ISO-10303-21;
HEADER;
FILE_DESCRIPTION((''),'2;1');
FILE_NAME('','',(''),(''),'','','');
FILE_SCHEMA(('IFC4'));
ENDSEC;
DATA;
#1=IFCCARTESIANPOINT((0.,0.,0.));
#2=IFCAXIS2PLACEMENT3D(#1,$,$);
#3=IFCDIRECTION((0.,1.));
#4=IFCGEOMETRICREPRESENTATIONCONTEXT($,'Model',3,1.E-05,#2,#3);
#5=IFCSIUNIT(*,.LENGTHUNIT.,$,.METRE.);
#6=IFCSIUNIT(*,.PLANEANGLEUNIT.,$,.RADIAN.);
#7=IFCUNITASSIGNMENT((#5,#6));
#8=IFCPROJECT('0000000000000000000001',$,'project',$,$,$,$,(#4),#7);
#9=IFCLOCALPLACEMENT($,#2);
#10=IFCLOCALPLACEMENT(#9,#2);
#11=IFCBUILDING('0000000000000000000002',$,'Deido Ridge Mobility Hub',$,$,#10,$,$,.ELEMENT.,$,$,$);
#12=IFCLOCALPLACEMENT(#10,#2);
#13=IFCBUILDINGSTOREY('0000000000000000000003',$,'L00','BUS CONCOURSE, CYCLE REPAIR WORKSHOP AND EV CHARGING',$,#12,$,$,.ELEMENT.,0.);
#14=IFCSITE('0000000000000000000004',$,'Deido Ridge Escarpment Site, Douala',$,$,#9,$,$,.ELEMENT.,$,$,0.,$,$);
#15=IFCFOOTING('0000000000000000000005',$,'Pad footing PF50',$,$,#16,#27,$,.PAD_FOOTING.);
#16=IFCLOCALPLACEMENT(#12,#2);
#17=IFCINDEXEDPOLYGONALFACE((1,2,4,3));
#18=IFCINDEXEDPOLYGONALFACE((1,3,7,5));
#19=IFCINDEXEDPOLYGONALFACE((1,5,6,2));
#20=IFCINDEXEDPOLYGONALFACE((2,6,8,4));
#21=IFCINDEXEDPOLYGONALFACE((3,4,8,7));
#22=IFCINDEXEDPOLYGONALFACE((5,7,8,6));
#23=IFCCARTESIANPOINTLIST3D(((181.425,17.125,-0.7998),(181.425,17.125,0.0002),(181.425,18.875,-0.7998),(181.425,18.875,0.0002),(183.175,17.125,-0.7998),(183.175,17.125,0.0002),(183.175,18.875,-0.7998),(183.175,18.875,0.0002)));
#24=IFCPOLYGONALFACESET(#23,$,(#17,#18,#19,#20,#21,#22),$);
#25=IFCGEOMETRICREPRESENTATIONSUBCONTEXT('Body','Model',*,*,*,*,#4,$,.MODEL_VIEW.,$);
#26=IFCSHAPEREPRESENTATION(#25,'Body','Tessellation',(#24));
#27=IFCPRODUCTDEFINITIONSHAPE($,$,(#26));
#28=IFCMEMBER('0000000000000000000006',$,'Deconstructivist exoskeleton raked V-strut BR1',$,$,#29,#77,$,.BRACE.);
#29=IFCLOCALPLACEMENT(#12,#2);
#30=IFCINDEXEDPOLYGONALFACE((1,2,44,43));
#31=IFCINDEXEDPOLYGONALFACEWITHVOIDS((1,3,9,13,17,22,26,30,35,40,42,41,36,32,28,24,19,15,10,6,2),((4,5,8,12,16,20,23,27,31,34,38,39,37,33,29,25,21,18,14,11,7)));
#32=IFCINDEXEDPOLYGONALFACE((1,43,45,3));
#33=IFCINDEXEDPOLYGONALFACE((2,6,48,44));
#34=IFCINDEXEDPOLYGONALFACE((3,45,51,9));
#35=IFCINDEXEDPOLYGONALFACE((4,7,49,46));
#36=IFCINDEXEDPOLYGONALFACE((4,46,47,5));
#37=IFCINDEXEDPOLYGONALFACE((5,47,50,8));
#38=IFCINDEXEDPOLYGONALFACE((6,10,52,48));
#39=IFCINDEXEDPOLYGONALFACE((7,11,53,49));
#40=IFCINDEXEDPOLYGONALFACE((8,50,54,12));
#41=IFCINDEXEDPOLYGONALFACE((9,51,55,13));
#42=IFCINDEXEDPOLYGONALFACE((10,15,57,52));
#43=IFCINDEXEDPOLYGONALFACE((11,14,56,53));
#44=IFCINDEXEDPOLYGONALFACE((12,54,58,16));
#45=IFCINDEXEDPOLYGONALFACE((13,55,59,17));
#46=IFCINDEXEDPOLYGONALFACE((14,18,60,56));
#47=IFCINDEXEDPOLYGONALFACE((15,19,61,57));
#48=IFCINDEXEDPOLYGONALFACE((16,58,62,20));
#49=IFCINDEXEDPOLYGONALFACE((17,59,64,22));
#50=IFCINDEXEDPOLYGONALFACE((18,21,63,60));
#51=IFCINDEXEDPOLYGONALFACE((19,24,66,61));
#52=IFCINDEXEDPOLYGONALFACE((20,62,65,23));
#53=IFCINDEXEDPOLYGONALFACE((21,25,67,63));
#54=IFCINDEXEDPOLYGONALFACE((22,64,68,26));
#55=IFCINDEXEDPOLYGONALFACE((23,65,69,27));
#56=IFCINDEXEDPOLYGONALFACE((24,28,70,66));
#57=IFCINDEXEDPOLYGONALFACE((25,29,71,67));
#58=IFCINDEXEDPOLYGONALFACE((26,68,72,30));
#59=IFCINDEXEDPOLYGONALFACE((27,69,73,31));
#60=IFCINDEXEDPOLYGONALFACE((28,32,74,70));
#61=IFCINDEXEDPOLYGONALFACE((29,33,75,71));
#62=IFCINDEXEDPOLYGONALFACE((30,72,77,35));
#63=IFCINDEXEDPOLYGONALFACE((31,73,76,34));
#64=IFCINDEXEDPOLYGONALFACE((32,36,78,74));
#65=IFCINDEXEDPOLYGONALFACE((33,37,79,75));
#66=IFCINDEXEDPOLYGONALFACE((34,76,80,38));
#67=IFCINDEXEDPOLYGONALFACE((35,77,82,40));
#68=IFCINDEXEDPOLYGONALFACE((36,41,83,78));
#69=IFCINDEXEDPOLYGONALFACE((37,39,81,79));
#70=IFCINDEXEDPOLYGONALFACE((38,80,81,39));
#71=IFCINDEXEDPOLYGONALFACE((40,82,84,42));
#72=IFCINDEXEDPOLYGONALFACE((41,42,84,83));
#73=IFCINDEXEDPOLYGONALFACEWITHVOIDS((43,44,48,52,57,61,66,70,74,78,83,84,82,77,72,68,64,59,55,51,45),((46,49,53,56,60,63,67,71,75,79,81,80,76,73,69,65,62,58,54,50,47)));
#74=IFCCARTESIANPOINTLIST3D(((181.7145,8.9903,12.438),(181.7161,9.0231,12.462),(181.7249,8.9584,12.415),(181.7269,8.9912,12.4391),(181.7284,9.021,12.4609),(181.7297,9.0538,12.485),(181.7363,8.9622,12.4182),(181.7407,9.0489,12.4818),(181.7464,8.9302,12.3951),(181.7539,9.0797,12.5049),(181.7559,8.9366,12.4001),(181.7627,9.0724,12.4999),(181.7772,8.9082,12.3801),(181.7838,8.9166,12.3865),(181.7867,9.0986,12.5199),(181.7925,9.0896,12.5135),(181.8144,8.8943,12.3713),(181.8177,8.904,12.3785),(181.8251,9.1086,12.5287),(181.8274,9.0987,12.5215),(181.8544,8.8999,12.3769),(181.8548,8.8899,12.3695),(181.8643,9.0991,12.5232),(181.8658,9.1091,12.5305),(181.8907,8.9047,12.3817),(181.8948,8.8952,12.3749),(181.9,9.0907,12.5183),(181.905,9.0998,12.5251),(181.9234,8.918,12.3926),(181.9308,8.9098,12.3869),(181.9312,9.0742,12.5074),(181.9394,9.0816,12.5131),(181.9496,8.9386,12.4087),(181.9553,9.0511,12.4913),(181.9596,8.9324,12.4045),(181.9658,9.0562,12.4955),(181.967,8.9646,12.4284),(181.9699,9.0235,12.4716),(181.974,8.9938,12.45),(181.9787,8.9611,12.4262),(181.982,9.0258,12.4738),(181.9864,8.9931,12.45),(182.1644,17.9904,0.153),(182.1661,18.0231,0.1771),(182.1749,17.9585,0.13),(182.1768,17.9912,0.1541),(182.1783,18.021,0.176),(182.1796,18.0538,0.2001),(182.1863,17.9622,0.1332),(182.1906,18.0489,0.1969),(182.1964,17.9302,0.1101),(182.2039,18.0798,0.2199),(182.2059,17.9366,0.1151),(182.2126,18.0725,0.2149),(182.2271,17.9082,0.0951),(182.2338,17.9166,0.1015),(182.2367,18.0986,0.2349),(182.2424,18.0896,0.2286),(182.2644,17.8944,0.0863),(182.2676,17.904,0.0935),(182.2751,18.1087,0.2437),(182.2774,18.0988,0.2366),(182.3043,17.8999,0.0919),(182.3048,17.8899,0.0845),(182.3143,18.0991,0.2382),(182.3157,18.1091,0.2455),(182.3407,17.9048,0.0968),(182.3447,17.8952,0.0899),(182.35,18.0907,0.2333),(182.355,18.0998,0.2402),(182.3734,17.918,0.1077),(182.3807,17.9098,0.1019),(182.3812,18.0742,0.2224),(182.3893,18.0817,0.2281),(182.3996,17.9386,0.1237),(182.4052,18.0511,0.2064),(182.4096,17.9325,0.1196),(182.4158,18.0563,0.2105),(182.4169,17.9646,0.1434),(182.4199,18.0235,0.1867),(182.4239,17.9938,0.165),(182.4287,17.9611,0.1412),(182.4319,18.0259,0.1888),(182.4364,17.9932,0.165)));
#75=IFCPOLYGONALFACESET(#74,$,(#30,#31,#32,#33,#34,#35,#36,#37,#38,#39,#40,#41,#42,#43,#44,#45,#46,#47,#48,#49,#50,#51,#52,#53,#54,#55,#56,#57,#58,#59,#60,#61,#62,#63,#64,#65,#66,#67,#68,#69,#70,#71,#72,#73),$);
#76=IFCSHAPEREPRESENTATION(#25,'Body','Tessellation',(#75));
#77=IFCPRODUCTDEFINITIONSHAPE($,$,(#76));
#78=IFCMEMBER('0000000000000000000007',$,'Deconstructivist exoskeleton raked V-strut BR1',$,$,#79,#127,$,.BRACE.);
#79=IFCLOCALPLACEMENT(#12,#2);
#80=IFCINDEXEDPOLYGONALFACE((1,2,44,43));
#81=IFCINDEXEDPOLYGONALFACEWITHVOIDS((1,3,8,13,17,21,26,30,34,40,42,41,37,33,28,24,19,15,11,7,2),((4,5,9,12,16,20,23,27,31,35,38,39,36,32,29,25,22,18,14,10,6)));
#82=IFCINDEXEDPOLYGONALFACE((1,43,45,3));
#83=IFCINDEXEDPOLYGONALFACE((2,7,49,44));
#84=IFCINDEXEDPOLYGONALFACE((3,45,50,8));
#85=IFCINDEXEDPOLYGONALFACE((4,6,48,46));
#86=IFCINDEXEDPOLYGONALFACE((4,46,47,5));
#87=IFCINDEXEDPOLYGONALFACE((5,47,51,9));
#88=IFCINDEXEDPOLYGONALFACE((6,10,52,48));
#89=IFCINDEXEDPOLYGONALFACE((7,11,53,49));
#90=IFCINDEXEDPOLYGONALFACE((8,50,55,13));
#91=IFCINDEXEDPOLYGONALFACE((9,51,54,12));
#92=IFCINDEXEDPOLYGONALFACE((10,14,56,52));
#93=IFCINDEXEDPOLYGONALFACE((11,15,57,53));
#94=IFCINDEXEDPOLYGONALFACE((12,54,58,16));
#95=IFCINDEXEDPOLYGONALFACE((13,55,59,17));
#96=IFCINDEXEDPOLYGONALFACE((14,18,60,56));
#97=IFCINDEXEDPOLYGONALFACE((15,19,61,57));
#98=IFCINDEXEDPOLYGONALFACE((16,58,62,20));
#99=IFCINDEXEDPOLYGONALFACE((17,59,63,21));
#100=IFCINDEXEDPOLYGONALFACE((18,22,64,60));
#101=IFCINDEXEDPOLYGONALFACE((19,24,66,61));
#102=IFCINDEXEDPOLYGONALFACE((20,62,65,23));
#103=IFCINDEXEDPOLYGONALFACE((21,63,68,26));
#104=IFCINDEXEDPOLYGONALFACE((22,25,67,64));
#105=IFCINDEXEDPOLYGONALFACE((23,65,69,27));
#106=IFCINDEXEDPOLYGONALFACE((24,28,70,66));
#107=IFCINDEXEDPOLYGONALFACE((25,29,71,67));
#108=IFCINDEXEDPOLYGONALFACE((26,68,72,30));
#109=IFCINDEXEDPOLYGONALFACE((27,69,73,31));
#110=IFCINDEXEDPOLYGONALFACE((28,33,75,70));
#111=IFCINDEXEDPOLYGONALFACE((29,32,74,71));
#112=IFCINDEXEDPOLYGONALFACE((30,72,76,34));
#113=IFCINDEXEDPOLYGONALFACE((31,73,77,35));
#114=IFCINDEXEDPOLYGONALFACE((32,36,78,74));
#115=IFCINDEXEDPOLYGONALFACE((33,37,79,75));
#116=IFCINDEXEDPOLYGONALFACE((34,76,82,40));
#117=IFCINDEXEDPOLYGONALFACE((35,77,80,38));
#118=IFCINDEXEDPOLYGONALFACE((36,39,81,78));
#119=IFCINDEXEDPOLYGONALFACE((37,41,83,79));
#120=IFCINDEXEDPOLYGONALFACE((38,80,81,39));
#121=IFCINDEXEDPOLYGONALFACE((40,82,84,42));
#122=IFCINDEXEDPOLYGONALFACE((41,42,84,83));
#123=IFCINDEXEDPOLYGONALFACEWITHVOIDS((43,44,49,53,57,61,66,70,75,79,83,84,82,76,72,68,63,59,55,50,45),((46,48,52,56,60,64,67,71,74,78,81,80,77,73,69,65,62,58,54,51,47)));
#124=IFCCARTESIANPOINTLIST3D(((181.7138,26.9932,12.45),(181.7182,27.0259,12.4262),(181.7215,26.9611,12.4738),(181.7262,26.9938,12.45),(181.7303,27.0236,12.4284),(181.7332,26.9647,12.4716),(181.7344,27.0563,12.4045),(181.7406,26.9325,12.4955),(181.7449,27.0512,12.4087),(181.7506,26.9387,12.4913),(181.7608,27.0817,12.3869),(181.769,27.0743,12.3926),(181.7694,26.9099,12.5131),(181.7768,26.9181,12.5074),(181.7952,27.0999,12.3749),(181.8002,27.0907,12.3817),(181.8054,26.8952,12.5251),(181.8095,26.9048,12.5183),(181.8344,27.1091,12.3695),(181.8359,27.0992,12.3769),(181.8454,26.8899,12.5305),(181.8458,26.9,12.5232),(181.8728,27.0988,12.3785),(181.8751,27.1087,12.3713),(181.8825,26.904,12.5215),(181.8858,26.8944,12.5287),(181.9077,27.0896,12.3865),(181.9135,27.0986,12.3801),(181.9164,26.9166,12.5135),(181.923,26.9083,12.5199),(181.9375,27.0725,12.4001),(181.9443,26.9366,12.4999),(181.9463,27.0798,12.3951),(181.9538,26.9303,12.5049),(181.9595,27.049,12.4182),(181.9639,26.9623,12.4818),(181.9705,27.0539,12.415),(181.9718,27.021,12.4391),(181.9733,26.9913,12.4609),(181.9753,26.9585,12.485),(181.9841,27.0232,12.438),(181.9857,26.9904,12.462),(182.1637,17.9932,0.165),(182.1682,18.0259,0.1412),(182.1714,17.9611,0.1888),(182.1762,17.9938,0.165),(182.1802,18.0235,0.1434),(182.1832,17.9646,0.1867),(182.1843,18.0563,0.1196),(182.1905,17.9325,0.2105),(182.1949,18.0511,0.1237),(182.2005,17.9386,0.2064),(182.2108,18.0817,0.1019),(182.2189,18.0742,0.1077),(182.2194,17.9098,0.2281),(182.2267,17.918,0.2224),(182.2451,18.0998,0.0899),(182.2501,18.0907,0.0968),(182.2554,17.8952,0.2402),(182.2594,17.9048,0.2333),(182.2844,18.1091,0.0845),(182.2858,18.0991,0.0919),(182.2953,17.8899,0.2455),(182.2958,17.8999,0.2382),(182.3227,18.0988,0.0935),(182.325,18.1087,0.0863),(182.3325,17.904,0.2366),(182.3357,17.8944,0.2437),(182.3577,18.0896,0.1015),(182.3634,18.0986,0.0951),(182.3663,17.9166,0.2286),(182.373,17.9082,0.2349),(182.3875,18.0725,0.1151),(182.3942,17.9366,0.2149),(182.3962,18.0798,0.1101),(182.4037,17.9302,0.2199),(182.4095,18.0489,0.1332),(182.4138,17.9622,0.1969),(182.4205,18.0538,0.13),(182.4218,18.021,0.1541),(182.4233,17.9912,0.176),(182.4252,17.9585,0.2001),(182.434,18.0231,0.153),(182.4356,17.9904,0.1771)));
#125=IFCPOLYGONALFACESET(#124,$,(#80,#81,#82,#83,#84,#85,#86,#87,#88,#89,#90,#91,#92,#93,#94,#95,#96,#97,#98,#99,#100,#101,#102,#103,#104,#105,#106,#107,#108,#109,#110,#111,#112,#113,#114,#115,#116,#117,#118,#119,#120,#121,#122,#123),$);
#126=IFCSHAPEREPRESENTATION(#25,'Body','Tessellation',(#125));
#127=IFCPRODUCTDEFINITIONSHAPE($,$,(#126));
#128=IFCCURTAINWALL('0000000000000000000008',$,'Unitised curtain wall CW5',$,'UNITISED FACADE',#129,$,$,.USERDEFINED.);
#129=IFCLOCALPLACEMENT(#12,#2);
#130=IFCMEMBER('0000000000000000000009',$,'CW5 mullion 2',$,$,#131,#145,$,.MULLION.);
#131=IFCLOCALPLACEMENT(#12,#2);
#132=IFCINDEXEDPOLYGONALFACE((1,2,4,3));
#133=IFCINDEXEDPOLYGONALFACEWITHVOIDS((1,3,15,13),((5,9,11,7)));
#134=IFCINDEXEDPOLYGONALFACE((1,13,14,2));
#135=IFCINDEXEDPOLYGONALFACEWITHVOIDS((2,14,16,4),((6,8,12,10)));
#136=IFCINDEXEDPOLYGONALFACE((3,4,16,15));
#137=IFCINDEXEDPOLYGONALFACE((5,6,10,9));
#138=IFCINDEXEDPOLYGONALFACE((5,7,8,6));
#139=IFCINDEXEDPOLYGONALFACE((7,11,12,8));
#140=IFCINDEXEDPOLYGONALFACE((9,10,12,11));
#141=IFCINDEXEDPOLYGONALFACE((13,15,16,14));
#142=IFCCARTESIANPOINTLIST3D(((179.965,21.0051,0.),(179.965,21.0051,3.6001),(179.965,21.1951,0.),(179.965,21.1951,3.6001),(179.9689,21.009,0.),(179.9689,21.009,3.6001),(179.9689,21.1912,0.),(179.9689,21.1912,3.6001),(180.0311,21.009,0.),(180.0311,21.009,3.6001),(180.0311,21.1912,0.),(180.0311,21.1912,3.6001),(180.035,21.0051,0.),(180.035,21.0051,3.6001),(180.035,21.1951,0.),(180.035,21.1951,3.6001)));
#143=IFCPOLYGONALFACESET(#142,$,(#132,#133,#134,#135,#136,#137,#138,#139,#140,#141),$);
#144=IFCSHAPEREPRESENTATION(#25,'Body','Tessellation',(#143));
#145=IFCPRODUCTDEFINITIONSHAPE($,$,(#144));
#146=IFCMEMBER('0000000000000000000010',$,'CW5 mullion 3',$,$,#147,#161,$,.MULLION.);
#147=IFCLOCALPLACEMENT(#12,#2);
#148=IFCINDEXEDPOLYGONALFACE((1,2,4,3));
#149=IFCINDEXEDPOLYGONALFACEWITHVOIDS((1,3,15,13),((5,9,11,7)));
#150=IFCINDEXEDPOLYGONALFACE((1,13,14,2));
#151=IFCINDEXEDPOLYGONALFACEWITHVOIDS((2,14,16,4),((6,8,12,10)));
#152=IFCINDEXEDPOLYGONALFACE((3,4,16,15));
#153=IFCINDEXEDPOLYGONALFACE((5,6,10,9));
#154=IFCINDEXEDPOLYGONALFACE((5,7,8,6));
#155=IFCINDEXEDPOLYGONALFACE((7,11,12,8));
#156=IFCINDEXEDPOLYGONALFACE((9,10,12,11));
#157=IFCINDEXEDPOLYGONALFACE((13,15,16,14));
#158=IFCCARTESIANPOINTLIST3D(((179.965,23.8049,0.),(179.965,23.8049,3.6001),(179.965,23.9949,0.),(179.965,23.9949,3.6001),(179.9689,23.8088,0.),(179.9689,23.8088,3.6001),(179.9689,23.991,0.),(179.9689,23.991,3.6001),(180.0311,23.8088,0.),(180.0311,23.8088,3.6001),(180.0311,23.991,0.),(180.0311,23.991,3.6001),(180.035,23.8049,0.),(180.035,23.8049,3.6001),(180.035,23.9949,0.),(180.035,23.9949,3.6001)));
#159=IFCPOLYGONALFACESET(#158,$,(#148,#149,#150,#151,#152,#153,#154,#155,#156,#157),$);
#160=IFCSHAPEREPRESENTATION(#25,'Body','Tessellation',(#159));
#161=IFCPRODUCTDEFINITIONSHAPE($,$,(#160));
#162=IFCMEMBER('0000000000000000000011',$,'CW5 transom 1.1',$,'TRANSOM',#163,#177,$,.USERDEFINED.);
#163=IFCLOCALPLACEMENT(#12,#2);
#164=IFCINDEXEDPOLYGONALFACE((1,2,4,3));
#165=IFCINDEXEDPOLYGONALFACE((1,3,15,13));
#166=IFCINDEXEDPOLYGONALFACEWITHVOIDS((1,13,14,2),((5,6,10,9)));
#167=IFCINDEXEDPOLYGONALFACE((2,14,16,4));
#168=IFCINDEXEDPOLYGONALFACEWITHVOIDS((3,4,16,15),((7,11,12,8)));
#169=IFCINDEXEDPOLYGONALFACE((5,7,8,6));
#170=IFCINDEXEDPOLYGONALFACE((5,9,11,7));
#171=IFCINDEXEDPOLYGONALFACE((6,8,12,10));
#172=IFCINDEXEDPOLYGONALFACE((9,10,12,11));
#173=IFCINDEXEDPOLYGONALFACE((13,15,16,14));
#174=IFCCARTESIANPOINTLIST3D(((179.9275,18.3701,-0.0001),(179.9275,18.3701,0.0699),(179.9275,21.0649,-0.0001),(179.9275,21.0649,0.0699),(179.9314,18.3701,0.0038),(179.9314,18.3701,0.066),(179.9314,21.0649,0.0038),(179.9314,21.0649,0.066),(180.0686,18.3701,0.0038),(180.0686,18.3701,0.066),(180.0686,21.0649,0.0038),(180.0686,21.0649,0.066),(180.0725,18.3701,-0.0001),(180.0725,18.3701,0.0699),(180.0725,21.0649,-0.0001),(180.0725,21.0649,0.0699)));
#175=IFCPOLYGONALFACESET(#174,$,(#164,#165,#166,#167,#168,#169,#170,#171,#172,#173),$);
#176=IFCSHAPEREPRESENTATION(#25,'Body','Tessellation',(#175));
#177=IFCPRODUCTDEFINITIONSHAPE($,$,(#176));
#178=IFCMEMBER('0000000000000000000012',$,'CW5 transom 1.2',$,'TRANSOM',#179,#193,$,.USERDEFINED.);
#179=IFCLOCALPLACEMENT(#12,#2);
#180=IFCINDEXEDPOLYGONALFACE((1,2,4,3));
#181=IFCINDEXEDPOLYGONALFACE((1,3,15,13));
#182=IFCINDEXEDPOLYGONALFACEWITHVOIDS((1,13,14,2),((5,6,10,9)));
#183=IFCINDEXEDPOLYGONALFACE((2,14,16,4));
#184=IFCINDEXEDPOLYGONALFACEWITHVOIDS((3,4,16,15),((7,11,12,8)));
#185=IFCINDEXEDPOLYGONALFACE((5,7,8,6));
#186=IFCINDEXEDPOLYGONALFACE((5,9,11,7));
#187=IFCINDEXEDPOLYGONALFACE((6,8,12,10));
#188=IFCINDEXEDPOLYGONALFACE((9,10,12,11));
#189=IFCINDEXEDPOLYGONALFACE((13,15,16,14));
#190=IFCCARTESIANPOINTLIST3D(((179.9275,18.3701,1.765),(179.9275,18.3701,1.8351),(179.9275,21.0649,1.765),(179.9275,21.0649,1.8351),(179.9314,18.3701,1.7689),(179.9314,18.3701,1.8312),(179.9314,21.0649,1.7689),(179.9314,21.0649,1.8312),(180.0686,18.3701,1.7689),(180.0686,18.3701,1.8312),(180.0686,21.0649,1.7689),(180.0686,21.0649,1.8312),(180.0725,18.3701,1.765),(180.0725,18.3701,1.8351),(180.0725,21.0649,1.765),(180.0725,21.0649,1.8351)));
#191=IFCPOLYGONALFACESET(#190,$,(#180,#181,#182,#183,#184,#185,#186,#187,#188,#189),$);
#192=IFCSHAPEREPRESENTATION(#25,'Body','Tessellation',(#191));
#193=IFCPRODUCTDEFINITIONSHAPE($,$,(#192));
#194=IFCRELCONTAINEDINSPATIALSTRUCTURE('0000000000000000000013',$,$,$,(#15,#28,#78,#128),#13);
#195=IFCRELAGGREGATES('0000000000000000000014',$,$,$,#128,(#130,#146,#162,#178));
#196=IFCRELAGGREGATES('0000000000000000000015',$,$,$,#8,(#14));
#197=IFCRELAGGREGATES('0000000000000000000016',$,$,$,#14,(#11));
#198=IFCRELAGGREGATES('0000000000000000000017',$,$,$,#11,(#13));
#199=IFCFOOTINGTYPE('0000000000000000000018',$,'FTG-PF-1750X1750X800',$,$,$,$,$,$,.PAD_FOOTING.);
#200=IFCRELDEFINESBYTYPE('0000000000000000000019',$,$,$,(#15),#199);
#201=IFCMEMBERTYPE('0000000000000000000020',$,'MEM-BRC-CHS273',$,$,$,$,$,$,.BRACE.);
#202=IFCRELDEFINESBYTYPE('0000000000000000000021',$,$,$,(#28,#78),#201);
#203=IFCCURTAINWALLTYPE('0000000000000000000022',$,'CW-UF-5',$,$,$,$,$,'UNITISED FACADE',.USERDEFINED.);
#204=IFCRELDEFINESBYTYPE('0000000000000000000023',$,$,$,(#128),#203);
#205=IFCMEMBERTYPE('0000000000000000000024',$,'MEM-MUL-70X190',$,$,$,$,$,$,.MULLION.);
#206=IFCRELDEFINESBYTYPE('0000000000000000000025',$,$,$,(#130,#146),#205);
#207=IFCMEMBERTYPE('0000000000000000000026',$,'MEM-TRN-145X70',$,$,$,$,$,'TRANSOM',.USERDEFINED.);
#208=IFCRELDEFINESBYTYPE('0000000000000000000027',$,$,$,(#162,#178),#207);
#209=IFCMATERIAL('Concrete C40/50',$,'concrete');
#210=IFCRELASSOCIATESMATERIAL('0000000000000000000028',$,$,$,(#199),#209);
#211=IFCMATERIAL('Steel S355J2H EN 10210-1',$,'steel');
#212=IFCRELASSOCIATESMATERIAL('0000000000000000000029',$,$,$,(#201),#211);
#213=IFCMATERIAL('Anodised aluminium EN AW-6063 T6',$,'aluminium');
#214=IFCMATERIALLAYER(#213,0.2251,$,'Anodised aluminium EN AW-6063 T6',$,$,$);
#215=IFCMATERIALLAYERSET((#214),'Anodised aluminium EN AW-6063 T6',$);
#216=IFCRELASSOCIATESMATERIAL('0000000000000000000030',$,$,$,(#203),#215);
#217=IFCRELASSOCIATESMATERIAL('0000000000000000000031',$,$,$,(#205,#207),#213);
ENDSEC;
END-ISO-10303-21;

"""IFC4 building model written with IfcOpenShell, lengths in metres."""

from ifc_helpers import new_model, si_unit, direction, frame, origin, origin_2d, place, context, subcontext, project, spatial, rectangle, hollow_rectangle, hollow_circle, extrude, material, layer, layer_set, material_profile, profile_set, type_object, element, aggregate, save


model = new_model("IFC4")

# Units and contexts
model_context = context("Model", 3, precision=1e-05, world=origin(), true_north=direction((0.0, 1.0)))
body_context = subcontext(model_context, "Body", "Model", "MODEL_VIEW")
ifc_project = project(units=[si_unit("LENGTHUNIT", "METRE"), si_unit("PLANEANGLEUNIT", "RADIAN")], contexts=[model_context])

# Site, building, storey
site_placement = place(None, origin())
site = spatial("IfcSite", under=ifc_project, at=site_placement, Name="Deido Ridge Escarpment Site, Douala", CompositionType="ELEMENT", RefElevation=0.0)
building_placement = place(site_placement, origin())
building = spatial("IfcBuilding", under=site, at=building_placement, Name="Deido Ridge Mobility Hub", CompositionType="ELEMENT")
storey_placement = place(building_placement, origin())
storey = spatial("IfcBuildingStorey", under=building, at=storey_placement, Name="L00", Description="BUS CONCOURSE, CYCLE REPAIR WORKSHOP AND EV CHARGING", CompositionType="ELEMENT", Elevation=0.0)

# Footing
ifc_material_1 = material(Name="Concrete C40/50", Category="concrete")
footing_type = type_object("IfcFootingType", Name="FTG-PF-1750X1750X800", PredefinedType="PAD_FOOTING", material=ifc_material_1)
footing_placement = place(storey_placement, frame((182.3, 18.0, -0.7998), z_axis=(0.0, 0.0, 1.0), x_axis=(1.0, 0.0, 0.0)))
element("IfcFooting", 1, at=footing_placement, inside=storey, type_object=footing_type, Name="Pad footing PF50", PredefinedType="PAD_FOOTING", context=body_context, shape_type="SweptSolid", body=[
    extrude(rectangle(XDim=1.75, YDim=1.75, at=origin_2d()), origin(), (0.0, 0.0, 1.0), 0.8),
])

# Members
ifc_material_2 = material(Name="Steel S355J2H EN 10210-1", Category="steel")
ifc_material_profile_1 = material_profile(ifc_material_2, hollow_circle(Radius=0.1365, WallThickness=0.0125, at=origin_2d()), Name="CHS 273x12.5")
ifc_profile_set_1 = profile_set([ifc_material_profile_1], Name="Steel S355J2H EN 10210-1")
member_type_1 = type_object("IfcMemberType", Name="MEM-BRC-CHS273", PredefinedType="BRACE", material=ifc_profile_set_1)
for number, where, z_axis, x_axis, name in (
    (2, (182.3, 18.0, 0.165), (-0.029533, -0.590724, 0.806333), (0.998753, -0.049932, 0.0), "Deconstructivist exoskeleton raked V-strut BR1"),
    (3, (182.3, 18.0, 0.165), (-0.029533, 0.590724, 0.806333), (-0.998753, -0.049932, 0.0), "Deconstructivist exoskeleton raked V-strut BR1"),
):
    element("IfcMember", number, at=place(storey_placement, frame(where, z_axis=z_axis, x_axis=x_axis)), inside=storey, type_object=member_type_1, Name=name, PredefinedType="BRACE", context=body_context, shape_type="SweptSolid", body=[
        extrude(hollow_circle(Radius=0.1365, WallThickness=0.0125, at=origin_2d()), origin(), (0.0, 0.0, 1.0), 15.2356),
    ])

# Curtain wall, members
ifc_material_3 = material(Name="Anodised aluminium EN AW-6063 T6", Category="aluminium")
ifc_layer_1 = layer(ifc_material_3, 0.2251, Name="Anodised aluminium EN AW-6063 T6")
ifc_layer_set_1 = layer_set([ifc_layer_1], Name="Anodised aluminium EN AW-6063 T6")
curtain_wall_type = type_object("IfcCurtainWallType", Name="CW-UF-5", ElementType="UNITISED FACADE", PredefinedType="USERDEFINED", material=ifc_layer_set_1)
curtain_wall_placement = place(storey_placement, origin())
curtain_wall = element("IfcCurtainWall", 4, at=curtain_wall_placement, inside=storey, type_object=curtain_wall_type, Name="Unitised curtain wall CW5", ObjectType="UNITISED FACADE", PredefinedType="USERDEFINED")
ifc_material_profile_2 = material_profile(ifc_material_3, hollow_rectangle(XDim=0.0701, YDim=0.1899, WallThickness=0.0039, at=origin_2d()), Name="RHS 70x190x4")
ifc_profile_set_2 = profile_set([ifc_material_profile_2], Name="Anodised aluminium EN AW-6063 T6")
member_type_2 = type_object("IfcMemberType", Name="MEM-MUL-70X190", PredefinedType="MULLION", material=ifc_profile_set_2)
member_1_placement = place(storey_placement, frame((180.0, 21.1001, 0.0), z_axis=(0.0, 0.0, 1.0), x_axis=(-1.0, 0.0, 0.0)))
member_1 = element("IfcMember", 5, at=member_1_placement, type_object=member_type_2, Name="CW5 mullion 2", PredefinedType="MULLION", context=body_context, shape_type="SweptSolid", body=[
    extrude(hollow_rectangle(XDim=0.0701, YDim=0.1899, WallThickness=0.0039, at=origin_2d()), origin(), (0.0, 0.0, 1.0), 3.6001),
])
member_2_placement = place(storey_placement, frame((180.0, 23.8999, 0.0), z_axis=(0.0, 0.0, 1.0), x_axis=(-1.0, 0.0, 0.0)))
member_2 = element("IfcMember", 6, at=member_2_placement, type_object=member_type_2, Name="CW5 mullion 3", PredefinedType="MULLION", context=body_context, shape_type="SweptSolid", body=[
    extrude(hollow_rectangle(XDim=0.0701, YDim=0.1899, WallThickness=0.0039, at=origin_2d()), origin(), (0.0, 0.0, 1.0), 3.6001),
])
ifc_material_profile_3 = material_profile(ifc_material_3, hollow_rectangle(XDim=0.145, YDim=0.0701, WallThickness=0.0039, at=origin_2d()), Name="RHS 145x70x4")
ifc_profile_set_3 = profile_set([ifc_material_profile_3], Name="Anodised aluminium EN AW-6063 T6")
member_type_3 = type_object("IfcMemberType", Name="MEM-TRN-145X70", ElementType="TRANSOM", PredefinedType="USERDEFINED", material=ifc_profile_set_3)
member_3_placement = place(storey_placement, frame((180.0, 18.3701, 0.0349), z_axis=(0.0, 1.0, 0.0), x_axis=(-1.0, 0.0, 0.0)))
member_3 = element("IfcMember", 7, at=member_3_placement, type_object=member_type_3, Name="CW5 transom 1.1", ObjectType="TRANSOM", PredefinedType="USERDEFINED", context=body_context, shape_type="SweptSolid", body=[
    extrude(hollow_rectangle(XDim=0.145, YDim=0.0701, WallThickness=0.0039, at=origin_2d()), origin(), (0.0, 0.0, 1.0), 2.6948),
])
member_4_placement = place(storey_placement, frame((180.0, 18.3701, 1.8), z_axis=(0.0, 1.0, 0.0), x_axis=(-1.0, 0.0, 0.0)))
member_4 = element("IfcMember", 8, at=member_4_placement, type_object=member_type_3, Name="CW5 transom 1.2", ObjectType="TRANSOM", PredefinedType="USERDEFINED", context=body_context, shape_type="SweptSolid", body=[
    extrude(hollow_rectangle(XDim=0.145, YDim=0.0701, WallThickness=0.0039, at=origin_2d()), origin(), (0.0, 0.0, 1.0), 2.6948),
])
aggregate(curtain_wall, [member_1, member_2, member_3, member_4])

save(model, "model.ifc")
